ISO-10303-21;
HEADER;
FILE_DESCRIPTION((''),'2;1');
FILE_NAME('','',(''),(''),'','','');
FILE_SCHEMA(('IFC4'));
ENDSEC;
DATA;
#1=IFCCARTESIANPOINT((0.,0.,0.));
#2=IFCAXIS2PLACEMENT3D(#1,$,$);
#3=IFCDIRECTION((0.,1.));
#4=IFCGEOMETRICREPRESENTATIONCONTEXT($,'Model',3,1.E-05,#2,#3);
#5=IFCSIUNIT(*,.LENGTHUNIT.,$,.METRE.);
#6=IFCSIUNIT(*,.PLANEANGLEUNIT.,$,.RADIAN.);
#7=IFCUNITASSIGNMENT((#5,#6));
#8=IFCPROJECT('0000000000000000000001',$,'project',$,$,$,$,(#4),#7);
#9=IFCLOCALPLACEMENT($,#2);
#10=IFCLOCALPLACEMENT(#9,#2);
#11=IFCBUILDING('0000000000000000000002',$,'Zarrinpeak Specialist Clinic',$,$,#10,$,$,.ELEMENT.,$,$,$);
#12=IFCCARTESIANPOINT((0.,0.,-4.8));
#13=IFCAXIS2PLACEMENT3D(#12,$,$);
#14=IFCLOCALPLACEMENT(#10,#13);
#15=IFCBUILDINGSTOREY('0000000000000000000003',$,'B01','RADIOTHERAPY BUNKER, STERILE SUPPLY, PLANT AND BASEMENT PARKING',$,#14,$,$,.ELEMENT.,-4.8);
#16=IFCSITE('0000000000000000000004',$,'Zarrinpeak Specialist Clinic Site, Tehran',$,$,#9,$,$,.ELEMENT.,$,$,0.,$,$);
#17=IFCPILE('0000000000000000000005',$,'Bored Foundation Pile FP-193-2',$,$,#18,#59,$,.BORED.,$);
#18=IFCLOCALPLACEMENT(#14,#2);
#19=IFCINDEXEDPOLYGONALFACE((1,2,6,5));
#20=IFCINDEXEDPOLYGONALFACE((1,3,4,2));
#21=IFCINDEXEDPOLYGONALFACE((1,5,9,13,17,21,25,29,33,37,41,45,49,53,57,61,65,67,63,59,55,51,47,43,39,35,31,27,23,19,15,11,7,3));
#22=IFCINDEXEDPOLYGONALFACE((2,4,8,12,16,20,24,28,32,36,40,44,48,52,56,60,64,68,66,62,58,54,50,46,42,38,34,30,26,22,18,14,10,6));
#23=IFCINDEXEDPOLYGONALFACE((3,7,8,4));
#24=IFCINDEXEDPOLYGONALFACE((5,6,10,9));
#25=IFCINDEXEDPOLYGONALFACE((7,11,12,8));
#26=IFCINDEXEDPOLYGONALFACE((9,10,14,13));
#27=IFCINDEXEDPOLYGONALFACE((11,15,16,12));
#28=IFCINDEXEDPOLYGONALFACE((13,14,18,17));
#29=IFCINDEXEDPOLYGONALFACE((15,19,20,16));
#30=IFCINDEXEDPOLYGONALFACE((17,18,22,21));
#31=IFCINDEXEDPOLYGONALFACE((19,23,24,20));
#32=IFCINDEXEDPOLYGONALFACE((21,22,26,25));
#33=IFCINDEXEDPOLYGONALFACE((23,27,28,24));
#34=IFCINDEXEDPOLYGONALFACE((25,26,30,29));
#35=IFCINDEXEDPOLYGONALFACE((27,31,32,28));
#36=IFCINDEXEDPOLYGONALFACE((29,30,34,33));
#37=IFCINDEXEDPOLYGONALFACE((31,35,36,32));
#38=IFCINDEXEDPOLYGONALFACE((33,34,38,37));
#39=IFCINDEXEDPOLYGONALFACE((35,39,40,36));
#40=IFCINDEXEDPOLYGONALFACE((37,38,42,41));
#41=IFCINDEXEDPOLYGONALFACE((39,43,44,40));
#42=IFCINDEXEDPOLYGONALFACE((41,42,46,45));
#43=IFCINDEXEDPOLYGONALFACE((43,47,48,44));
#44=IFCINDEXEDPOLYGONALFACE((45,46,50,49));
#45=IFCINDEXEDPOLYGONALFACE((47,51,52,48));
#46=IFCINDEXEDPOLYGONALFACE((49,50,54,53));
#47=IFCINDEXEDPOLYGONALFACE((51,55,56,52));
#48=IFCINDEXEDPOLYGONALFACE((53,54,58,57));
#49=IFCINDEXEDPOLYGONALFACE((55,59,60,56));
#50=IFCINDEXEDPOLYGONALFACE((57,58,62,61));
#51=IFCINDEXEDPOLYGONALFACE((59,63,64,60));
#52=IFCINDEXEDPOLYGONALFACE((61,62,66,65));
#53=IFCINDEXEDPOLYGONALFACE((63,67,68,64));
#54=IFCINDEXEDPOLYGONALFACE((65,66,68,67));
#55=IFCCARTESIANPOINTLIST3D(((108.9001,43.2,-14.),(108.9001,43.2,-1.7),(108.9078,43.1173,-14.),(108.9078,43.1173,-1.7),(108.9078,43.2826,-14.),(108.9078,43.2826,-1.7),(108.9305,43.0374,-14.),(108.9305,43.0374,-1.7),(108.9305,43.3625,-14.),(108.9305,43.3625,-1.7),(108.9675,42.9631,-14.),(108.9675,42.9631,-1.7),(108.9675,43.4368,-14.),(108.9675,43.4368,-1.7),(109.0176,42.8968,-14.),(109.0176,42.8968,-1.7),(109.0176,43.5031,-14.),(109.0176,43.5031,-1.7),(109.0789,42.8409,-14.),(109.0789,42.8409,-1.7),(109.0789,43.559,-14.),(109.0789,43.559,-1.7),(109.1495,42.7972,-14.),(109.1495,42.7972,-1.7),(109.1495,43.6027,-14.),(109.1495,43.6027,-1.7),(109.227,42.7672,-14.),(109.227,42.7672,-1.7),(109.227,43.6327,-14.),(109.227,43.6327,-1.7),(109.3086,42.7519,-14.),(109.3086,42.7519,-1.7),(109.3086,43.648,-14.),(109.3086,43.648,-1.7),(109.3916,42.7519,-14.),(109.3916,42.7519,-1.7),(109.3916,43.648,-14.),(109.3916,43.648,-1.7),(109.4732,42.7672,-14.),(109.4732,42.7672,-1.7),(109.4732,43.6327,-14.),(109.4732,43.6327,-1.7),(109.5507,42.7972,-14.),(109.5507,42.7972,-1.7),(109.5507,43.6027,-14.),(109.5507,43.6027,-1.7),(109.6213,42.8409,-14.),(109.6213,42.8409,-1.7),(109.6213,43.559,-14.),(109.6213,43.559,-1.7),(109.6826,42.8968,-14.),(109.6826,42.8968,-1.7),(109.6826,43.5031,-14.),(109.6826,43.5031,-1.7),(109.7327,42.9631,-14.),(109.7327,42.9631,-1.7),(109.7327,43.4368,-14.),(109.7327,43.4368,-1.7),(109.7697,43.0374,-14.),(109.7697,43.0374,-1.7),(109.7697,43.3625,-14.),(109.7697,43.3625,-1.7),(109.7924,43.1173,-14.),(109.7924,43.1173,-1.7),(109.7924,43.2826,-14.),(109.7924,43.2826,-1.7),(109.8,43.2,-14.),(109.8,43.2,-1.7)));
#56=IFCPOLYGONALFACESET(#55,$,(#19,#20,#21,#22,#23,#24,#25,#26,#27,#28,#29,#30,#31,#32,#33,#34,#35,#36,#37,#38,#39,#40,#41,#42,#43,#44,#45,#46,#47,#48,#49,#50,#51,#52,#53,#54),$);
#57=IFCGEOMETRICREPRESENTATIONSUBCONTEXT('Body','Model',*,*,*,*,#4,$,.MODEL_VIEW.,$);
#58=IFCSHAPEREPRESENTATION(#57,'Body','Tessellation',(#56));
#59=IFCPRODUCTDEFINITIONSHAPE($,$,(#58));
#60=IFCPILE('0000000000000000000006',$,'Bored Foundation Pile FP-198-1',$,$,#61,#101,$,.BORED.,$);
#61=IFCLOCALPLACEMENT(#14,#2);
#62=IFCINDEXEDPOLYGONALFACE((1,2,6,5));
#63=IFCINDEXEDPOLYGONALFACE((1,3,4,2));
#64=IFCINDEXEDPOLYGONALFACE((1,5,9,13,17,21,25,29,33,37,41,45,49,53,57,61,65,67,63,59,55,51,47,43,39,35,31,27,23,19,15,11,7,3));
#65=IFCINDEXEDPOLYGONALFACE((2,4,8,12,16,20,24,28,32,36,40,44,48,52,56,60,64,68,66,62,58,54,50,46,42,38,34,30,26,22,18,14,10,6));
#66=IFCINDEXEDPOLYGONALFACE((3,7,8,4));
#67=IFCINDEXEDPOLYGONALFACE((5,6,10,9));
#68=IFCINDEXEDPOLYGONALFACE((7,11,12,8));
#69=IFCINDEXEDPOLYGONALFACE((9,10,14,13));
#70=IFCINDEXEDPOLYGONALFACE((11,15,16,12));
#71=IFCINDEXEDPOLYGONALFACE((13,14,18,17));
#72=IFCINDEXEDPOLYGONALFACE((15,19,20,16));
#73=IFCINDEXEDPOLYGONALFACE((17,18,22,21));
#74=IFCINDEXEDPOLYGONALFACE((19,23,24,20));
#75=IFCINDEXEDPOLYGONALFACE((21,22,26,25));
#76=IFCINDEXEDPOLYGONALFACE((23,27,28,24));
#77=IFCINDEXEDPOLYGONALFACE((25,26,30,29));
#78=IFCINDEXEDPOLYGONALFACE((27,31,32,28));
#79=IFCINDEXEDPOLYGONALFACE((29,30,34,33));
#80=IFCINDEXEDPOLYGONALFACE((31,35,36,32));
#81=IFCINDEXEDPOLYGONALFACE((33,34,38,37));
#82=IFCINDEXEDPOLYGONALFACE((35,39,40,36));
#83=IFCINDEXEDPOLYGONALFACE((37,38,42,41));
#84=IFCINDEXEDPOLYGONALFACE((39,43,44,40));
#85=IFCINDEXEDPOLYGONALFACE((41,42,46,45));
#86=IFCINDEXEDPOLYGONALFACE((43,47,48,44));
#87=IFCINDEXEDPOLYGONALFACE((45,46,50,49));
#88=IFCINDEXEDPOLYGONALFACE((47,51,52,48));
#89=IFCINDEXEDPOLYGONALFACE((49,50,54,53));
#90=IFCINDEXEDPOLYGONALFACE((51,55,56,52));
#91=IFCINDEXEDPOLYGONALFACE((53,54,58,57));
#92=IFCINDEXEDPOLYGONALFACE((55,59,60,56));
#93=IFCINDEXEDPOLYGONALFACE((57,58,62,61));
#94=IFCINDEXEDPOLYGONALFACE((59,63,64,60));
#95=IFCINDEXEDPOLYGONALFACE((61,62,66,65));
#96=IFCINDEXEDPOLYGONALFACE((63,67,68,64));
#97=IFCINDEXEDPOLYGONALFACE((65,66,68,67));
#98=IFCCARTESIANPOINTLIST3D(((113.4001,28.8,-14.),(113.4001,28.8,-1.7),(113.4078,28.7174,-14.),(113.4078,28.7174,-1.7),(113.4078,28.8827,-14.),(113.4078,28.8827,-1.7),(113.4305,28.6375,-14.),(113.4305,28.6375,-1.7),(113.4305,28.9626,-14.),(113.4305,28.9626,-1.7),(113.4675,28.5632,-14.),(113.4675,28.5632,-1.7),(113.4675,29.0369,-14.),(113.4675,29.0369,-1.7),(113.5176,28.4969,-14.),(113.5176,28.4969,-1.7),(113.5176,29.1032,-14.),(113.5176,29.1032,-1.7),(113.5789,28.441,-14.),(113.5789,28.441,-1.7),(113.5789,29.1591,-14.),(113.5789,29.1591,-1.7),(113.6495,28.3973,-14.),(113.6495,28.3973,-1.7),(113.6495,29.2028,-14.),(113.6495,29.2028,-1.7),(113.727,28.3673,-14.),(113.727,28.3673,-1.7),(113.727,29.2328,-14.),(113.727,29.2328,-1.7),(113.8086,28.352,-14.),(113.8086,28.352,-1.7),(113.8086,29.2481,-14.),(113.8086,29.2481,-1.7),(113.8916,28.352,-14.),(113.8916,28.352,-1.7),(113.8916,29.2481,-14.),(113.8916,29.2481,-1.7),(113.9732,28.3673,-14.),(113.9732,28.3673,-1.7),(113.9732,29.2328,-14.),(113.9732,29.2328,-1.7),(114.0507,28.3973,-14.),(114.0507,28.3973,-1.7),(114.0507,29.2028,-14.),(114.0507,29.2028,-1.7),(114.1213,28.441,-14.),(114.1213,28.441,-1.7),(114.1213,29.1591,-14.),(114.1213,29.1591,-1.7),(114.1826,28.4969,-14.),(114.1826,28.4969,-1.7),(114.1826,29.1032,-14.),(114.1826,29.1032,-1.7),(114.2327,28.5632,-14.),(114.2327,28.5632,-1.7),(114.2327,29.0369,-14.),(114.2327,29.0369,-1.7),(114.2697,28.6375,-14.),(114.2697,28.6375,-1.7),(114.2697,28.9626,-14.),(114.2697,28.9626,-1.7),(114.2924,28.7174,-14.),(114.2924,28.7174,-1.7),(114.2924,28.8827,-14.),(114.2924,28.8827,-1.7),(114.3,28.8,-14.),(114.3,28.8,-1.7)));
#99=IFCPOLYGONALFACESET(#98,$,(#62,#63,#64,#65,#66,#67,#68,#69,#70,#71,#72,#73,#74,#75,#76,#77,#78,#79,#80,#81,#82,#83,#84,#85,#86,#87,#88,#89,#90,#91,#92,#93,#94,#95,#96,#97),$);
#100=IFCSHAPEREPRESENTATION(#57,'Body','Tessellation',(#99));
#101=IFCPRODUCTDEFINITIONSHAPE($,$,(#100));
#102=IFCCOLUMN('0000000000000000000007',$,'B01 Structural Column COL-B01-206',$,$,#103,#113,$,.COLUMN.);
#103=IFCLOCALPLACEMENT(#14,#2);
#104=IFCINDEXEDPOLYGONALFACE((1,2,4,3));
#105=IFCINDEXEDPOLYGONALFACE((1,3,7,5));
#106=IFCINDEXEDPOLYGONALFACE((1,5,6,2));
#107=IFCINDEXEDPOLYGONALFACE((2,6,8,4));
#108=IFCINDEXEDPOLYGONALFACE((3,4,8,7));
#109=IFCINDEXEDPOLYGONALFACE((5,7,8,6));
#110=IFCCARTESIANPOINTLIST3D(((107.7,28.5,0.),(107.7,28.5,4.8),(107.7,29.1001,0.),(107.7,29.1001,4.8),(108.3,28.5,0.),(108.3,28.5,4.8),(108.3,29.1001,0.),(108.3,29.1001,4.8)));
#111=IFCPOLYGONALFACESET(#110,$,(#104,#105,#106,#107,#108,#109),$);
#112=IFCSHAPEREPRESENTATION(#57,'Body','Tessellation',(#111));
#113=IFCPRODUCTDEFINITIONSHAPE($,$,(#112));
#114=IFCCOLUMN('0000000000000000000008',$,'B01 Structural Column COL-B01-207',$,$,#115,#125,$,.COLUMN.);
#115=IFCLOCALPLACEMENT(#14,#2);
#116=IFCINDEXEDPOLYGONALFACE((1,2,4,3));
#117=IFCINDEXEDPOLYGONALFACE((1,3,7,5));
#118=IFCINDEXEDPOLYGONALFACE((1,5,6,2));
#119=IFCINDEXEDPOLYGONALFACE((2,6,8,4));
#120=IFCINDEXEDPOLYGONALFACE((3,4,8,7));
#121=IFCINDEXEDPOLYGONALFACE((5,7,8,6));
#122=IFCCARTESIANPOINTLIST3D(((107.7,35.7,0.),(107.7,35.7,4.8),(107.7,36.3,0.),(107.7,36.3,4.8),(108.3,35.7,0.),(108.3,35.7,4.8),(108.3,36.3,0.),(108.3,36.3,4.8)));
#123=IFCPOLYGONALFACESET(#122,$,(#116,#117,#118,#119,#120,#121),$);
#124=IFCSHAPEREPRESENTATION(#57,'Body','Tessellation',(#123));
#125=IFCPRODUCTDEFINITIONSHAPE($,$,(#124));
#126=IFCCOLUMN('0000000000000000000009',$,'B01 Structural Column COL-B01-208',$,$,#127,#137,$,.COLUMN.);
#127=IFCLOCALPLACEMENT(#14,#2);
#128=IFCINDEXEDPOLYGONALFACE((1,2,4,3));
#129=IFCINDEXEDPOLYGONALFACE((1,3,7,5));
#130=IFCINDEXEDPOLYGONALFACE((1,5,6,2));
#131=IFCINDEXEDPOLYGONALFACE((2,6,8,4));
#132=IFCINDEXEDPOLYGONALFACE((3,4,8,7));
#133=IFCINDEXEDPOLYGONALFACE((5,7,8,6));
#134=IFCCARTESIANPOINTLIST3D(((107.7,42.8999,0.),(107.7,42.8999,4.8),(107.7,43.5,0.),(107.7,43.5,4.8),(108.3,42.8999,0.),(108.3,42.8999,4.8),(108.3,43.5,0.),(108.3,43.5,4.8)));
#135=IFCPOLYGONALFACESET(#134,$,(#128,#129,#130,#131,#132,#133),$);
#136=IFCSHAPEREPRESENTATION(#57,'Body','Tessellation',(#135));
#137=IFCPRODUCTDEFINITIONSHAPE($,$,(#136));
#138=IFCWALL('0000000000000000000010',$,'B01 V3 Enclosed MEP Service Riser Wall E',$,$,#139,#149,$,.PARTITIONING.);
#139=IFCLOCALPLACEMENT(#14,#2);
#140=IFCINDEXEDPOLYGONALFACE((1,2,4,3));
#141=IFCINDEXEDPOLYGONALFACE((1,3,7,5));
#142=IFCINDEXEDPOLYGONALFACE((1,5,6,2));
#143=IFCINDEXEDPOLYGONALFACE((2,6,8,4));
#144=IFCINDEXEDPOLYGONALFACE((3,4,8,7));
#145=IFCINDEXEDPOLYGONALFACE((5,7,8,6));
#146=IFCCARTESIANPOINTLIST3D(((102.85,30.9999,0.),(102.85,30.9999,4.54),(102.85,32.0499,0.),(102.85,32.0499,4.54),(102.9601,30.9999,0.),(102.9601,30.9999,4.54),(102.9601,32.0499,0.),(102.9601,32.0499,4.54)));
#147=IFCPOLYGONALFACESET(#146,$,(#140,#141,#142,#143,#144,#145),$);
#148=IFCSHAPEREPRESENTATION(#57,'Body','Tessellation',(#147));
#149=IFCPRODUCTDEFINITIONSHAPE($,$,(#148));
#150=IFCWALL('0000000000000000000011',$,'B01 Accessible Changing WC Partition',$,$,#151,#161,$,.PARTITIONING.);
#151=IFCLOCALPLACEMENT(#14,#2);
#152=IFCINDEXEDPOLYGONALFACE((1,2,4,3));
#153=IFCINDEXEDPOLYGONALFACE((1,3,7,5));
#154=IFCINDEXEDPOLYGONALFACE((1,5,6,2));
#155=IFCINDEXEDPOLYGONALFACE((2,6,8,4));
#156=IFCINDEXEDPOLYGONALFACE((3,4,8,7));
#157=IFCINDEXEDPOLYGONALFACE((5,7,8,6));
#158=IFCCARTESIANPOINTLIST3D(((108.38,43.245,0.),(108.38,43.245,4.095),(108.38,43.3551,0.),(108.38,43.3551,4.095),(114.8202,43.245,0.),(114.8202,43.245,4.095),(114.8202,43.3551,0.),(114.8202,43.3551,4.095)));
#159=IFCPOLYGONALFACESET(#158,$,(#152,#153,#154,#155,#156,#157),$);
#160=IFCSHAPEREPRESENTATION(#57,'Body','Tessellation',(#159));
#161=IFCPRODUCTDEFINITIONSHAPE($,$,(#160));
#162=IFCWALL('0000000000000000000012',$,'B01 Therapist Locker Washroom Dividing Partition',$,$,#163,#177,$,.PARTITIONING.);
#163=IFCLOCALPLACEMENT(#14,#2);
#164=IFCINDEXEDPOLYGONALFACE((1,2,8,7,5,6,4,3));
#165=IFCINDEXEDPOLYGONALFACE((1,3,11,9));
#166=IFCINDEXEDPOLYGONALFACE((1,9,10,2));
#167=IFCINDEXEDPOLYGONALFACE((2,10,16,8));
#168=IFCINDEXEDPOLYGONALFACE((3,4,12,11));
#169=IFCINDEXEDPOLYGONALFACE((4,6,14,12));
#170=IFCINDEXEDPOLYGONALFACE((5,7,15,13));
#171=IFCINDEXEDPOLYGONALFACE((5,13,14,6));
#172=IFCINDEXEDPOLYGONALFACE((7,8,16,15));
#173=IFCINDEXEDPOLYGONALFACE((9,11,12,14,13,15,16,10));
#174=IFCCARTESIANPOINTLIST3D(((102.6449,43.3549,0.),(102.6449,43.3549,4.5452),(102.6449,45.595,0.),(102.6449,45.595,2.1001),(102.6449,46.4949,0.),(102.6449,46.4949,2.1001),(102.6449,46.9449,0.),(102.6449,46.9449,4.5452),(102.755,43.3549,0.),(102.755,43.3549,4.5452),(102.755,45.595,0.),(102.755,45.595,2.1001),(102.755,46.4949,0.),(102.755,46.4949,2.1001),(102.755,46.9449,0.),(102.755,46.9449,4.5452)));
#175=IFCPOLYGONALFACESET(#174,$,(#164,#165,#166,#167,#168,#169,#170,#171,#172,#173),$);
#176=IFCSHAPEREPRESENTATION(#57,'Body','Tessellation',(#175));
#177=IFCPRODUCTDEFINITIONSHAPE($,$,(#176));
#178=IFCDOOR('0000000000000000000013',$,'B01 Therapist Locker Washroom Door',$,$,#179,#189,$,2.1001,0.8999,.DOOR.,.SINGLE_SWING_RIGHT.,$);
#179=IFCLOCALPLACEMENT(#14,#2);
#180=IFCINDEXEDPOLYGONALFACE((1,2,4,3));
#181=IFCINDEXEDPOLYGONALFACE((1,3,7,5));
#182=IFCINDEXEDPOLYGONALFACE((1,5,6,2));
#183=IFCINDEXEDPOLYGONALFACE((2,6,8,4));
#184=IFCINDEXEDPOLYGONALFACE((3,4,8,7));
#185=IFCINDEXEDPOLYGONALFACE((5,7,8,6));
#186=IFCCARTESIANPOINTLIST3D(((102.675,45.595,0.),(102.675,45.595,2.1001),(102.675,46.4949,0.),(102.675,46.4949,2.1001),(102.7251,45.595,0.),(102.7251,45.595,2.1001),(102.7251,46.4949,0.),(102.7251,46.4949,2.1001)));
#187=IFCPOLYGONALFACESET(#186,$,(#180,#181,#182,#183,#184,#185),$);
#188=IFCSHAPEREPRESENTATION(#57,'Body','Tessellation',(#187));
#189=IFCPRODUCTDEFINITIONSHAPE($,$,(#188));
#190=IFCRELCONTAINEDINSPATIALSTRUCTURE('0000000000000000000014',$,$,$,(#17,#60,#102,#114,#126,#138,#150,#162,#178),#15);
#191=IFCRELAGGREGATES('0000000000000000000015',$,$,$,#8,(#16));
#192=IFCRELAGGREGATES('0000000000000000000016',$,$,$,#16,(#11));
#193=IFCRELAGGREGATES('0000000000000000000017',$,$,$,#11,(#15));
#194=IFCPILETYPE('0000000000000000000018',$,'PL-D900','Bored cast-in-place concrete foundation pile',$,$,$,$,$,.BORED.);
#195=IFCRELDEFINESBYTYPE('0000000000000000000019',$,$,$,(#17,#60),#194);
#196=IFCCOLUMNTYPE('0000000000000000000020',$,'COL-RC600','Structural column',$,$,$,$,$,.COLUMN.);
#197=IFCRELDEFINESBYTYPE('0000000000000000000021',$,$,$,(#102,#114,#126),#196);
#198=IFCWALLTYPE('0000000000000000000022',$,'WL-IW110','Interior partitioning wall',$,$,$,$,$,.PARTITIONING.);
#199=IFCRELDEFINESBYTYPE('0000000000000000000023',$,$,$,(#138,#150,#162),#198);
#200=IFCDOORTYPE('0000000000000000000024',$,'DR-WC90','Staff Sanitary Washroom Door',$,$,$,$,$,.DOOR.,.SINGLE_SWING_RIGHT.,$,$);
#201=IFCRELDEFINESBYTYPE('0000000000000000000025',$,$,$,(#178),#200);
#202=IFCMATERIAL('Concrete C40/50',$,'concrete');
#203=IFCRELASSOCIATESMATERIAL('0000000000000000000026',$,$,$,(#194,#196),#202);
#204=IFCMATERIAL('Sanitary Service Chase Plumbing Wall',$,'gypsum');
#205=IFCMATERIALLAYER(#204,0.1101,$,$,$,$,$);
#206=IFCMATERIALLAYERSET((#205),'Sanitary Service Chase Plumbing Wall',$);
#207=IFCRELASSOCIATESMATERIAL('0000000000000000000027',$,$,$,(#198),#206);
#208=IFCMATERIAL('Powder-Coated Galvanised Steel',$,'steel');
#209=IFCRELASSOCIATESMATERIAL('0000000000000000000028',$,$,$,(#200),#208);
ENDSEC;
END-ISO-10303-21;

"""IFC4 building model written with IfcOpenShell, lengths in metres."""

from ifc_helpers import new_model, si_unit, direction, frame, frame_2d, origin, origin_2d, place, context, subcontext, project, spatial, rectangle, circle, extrude, material, layer, layer_set, material_profile, profile_set, type_object, element, fill, save


model = new_model("IFC4")

# Units and contexts
model_context = context("Model", 3, precision=1e-05, world=origin(), true_north=direction((0.0, 1.0)))
body_context = subcontext(model_context, "Body", "Model", "MODEL_VIEW")
ifc_project = project(units=[si_unit("LENGTHUNIT", "METRE"), si_unit("PLANEANGLEUNIT", "RADIAN")], contexts=[model_context])

# Site, building, storey
site_placement = place(None, origin())
site = spatial("IfcSite", under=ifc_project, at=site_placement, Name="Zarrinpeak Specialist Clinic Site, Tehran", CompositionType="ELEMENT", RefElevation=0.0)
building_placement = place(site_placement, origin())
building = spatial("IfcBuilding", under=site, at=building_placement, Name="Zarrinpeak Specialist Clinic", CompositionType="ELEMENT")
storey_placement = place(building_placement, frame((0.0, 0.0, -4.8)))
storey = spatial("IfcBuildingStorey", under=building, at=storey_placement, Name="B01", Description="RADIOTHERAPY BUNKER, STERILE SUPPLY, PLANT AND BASEMENT PARKING", CompositionType="ELEMENT", Elevation=-4.8)

# Shared definitions
ifc_material_1 = material(Name="Concrete C40/50", Category="concrete")

# Piles
ifc_material_profile_1 = material_profile(ifc_material_1, circle(Radius=0.45, at=origin_2d()), Name="BORED PILE D900")
ifc_profile_set_1 = profile_set([ifc_material_profile_1], Name="Concrete C40/50")
pile_type = type_object("IfcPileType", Name="PL-D900", Description="Bored cast-in-place concrete foundation pile", PredefinedType="BORED", material=ifc_profile_set_1)
for number, where, z_axis, x_axis, name in (
    (1, (109.3501, 43.2, -1.7), (0.0, 0.0, -1.0), (1.0, 0.0, 0.0), "Bored Foundation Pile FP-193-2"),
    (2, (113.8501, 28.8, -1.7), (0.0, 0.0, -1.0), (1.0, 0.0, 0.0), "Bored Foundation Pile FP-198-1"),
):
    element("IfcPile", number, at=place(storey_placement, frame(where, z_axis=z_axis, x_axis=x_axis)), inside=storey, type_object=pile_type, Name=name, PredefinedType="BORED", context=body_context, shape_type="SweptSolid", body=[
        extrude(circle(Radius=0.45, at=origin_2d()), origin(), (0.0, 0.0, 1.0), 12.3),
    ])

# Columns
ifc_material_profile_2 = material_profile(ifc_material_1, rectangle(XDim=0.6001, YDim=0.6001, at=origin_2d()), Name="RC 600x600")
ifc_profile_set_2 = profile_set([ifc_material_profile_2], Name="Concrete C40/50")
column_type = type_object("IfcColumnType", Name="COL-RC600", Description="Structural column", PredefinedType="COLUMN", material=ifc_profile_set_2)
for number, where, z_axis, x_axis, name in (
    (3, (108.0, 28.8, 0.0), (0.0, 0.0, 1.0), (1.0, 0.0, 0.0), "B01 Structural Column COL-B01-206"),
    (4, (108.0, 36.0, 0.0), (0.0, 0.0, 1.0), (1.0, 0.0, 0.0), "B01 Structural Column COL-B01-207"),
    (5, (108.0, 43.2, 0.0), (0.0, 0.0, 1.0), (1.0, 0.0, 0.0), "B01 Structural Column COL-B01-208"),
):
    element("IfcColumn", number, at=place(storey_placement, frame(where, z_axis=z_axis, x_axis=x_axis)), inside=storey, type_object=column_type, Name=name, PredefinedType="COLUMN", context=body_context, shape_type="SweptSolid", body=[
        extrude(rectangle(XDim=0.6001, YDim=0.6001, at=origin_2d()), origin(), (0.0, 0.0, 1.0), 4.8),
    ])

# Walls
ifc_material_2 = material(Name="Sanitary Service Chase Plumbing Wall", Category="gypsum")
ifc_layer_1 = layer(ifc_material_2, 0.1101)
ifc_layer_set_1 = layer_set([ifc_layer_1], Name="Sanitary Service Chase Plumbing Wall")
wall_type_1 = type_object("IfcWallType", Name="WL-IW110", Description="Interior partitioning wall", PredefinedType="PARTITIONING", material=ifc_layer_set_1)
wall_1_placement = place(storey_placement, frame((102.905, 31.0, 0.0), z_axis=(0.0, 0.0, 1.0), x_axis=(0.0, 1.0, 0.0)))
element("IfcWall", 6, at=wall_1_placement, inside=storey, type_object=wall_type_1, Name="B01 V3 Enclosed MEP Service Riser Wall E", PredefinedType="PARTITIONING", context=body_context, shape_type="SweptSolid", body=[
    extrude(rectangle(XDim=1.05, YDim=0.1101, at=frame_2d((0.5249, 0.0))), origin(), (0.0, 0.0, 1.0), 4.54),
])
wall_2_placement = place(storey_placement, frame((108.3799, 43.3, 0.0), z_axis=(0.0, 0.0, 1.0), x_axis=(1.0, 0.0, 0.0)))
element("IfcWall", 7, at=wall_2_placement, inside=storey, type_object=wall_type_1, Name="B01 Accessible Changing WC Partition", PredefinedType="PARTITIONING", context=body_context, shape_type="SweptSolid", body=[
    extrude(rectangle(XDim=6.4402, YDim=0.1101, at=frame_2d((3.2202, 0.0))), origin(), (0.0, 0.0, 1.0), 4.095),
])

# Wall, opening, door
wall_3_placement = place(storey_placement, frame((102.7, 43.355, 0.0), z_axis=(0.0, 0.0, 1.0), x_axis=(0.0, 1.0, 0.0)))
wall_3 = element("IfcWall", 8, at=wall_3_placement, inside=storey, type_object=wall_type_1, Name="B01 Therapist Locker Washroom Dividing Partition", PredefinedType="PARTITIONING", context=body_context, shape_type="SweptSolid", body=[
    extrude(rectangle(XDim=3.5901, YDim=0.1101, at=frame_2d((1.7949, 0.0))), origin(), (0.0, 0.0, 1.0), 4.5452),
])
opening_1_placement = place(wall_3_placement, frame((2.24, 0.0, 0.0)))
opening_1 = element("IfcOpeningElement", 9, at=opening_1_placement, cuts=wall_3, PredefinedType="OPENING", context=body_context, shape_type="SweptSolid", body=[
    extrude(rectangle(XDim=0.8999, YDim=2.1001, at=frame_2d((0.45, 1.05))), frame((0.0, 0.0649, 0.0), z_axis=(0.0, -1.0, 0.0), x_axis=(1.0, 0.0, 0.0)), (0.0, 0.0, 1.0), 0.1301),
])
ifc_material_3 = material(Name="Powder-Coated Galvanised Steel", Category="steel")
door_type_1 = type_object("IfcDoorType", Name="DR-WC90", Description="Staff Sanitary Washroom Door", OperationType="SINGLE_SWING_RIGHT", PredefinedType="DOOR", material=ifc_material_3)
door_1_placement = place(opening_1_placement, origin())
door_1 = element("IfcDoor", 10, at=door_1_placement, inside=storey, type_object=door_type_1, Name="B01 Therapist Locker Washroom Door", OperationType="SINGLE_SWING_RIGHT", OverallHeight=2.1001, OverallWidth=0.8999, PredefinedType="DOOR", context=body_context, shape_type="SweptSolid", body=[
    extrude(rectangle(XDim=0.8999, YDim=2.1001, at=frame_2d((0.45, 1.05))), frame((0.0, 0.0249, 0.0), z_axis=(0.0, -1.0, 0.0), x_axis=(1.0, 0.0, 0.0)), (0.0, 0.0, 1.0), 0.05),
])
fill(opening_1, door_1)

save(model, "model.ifc")
